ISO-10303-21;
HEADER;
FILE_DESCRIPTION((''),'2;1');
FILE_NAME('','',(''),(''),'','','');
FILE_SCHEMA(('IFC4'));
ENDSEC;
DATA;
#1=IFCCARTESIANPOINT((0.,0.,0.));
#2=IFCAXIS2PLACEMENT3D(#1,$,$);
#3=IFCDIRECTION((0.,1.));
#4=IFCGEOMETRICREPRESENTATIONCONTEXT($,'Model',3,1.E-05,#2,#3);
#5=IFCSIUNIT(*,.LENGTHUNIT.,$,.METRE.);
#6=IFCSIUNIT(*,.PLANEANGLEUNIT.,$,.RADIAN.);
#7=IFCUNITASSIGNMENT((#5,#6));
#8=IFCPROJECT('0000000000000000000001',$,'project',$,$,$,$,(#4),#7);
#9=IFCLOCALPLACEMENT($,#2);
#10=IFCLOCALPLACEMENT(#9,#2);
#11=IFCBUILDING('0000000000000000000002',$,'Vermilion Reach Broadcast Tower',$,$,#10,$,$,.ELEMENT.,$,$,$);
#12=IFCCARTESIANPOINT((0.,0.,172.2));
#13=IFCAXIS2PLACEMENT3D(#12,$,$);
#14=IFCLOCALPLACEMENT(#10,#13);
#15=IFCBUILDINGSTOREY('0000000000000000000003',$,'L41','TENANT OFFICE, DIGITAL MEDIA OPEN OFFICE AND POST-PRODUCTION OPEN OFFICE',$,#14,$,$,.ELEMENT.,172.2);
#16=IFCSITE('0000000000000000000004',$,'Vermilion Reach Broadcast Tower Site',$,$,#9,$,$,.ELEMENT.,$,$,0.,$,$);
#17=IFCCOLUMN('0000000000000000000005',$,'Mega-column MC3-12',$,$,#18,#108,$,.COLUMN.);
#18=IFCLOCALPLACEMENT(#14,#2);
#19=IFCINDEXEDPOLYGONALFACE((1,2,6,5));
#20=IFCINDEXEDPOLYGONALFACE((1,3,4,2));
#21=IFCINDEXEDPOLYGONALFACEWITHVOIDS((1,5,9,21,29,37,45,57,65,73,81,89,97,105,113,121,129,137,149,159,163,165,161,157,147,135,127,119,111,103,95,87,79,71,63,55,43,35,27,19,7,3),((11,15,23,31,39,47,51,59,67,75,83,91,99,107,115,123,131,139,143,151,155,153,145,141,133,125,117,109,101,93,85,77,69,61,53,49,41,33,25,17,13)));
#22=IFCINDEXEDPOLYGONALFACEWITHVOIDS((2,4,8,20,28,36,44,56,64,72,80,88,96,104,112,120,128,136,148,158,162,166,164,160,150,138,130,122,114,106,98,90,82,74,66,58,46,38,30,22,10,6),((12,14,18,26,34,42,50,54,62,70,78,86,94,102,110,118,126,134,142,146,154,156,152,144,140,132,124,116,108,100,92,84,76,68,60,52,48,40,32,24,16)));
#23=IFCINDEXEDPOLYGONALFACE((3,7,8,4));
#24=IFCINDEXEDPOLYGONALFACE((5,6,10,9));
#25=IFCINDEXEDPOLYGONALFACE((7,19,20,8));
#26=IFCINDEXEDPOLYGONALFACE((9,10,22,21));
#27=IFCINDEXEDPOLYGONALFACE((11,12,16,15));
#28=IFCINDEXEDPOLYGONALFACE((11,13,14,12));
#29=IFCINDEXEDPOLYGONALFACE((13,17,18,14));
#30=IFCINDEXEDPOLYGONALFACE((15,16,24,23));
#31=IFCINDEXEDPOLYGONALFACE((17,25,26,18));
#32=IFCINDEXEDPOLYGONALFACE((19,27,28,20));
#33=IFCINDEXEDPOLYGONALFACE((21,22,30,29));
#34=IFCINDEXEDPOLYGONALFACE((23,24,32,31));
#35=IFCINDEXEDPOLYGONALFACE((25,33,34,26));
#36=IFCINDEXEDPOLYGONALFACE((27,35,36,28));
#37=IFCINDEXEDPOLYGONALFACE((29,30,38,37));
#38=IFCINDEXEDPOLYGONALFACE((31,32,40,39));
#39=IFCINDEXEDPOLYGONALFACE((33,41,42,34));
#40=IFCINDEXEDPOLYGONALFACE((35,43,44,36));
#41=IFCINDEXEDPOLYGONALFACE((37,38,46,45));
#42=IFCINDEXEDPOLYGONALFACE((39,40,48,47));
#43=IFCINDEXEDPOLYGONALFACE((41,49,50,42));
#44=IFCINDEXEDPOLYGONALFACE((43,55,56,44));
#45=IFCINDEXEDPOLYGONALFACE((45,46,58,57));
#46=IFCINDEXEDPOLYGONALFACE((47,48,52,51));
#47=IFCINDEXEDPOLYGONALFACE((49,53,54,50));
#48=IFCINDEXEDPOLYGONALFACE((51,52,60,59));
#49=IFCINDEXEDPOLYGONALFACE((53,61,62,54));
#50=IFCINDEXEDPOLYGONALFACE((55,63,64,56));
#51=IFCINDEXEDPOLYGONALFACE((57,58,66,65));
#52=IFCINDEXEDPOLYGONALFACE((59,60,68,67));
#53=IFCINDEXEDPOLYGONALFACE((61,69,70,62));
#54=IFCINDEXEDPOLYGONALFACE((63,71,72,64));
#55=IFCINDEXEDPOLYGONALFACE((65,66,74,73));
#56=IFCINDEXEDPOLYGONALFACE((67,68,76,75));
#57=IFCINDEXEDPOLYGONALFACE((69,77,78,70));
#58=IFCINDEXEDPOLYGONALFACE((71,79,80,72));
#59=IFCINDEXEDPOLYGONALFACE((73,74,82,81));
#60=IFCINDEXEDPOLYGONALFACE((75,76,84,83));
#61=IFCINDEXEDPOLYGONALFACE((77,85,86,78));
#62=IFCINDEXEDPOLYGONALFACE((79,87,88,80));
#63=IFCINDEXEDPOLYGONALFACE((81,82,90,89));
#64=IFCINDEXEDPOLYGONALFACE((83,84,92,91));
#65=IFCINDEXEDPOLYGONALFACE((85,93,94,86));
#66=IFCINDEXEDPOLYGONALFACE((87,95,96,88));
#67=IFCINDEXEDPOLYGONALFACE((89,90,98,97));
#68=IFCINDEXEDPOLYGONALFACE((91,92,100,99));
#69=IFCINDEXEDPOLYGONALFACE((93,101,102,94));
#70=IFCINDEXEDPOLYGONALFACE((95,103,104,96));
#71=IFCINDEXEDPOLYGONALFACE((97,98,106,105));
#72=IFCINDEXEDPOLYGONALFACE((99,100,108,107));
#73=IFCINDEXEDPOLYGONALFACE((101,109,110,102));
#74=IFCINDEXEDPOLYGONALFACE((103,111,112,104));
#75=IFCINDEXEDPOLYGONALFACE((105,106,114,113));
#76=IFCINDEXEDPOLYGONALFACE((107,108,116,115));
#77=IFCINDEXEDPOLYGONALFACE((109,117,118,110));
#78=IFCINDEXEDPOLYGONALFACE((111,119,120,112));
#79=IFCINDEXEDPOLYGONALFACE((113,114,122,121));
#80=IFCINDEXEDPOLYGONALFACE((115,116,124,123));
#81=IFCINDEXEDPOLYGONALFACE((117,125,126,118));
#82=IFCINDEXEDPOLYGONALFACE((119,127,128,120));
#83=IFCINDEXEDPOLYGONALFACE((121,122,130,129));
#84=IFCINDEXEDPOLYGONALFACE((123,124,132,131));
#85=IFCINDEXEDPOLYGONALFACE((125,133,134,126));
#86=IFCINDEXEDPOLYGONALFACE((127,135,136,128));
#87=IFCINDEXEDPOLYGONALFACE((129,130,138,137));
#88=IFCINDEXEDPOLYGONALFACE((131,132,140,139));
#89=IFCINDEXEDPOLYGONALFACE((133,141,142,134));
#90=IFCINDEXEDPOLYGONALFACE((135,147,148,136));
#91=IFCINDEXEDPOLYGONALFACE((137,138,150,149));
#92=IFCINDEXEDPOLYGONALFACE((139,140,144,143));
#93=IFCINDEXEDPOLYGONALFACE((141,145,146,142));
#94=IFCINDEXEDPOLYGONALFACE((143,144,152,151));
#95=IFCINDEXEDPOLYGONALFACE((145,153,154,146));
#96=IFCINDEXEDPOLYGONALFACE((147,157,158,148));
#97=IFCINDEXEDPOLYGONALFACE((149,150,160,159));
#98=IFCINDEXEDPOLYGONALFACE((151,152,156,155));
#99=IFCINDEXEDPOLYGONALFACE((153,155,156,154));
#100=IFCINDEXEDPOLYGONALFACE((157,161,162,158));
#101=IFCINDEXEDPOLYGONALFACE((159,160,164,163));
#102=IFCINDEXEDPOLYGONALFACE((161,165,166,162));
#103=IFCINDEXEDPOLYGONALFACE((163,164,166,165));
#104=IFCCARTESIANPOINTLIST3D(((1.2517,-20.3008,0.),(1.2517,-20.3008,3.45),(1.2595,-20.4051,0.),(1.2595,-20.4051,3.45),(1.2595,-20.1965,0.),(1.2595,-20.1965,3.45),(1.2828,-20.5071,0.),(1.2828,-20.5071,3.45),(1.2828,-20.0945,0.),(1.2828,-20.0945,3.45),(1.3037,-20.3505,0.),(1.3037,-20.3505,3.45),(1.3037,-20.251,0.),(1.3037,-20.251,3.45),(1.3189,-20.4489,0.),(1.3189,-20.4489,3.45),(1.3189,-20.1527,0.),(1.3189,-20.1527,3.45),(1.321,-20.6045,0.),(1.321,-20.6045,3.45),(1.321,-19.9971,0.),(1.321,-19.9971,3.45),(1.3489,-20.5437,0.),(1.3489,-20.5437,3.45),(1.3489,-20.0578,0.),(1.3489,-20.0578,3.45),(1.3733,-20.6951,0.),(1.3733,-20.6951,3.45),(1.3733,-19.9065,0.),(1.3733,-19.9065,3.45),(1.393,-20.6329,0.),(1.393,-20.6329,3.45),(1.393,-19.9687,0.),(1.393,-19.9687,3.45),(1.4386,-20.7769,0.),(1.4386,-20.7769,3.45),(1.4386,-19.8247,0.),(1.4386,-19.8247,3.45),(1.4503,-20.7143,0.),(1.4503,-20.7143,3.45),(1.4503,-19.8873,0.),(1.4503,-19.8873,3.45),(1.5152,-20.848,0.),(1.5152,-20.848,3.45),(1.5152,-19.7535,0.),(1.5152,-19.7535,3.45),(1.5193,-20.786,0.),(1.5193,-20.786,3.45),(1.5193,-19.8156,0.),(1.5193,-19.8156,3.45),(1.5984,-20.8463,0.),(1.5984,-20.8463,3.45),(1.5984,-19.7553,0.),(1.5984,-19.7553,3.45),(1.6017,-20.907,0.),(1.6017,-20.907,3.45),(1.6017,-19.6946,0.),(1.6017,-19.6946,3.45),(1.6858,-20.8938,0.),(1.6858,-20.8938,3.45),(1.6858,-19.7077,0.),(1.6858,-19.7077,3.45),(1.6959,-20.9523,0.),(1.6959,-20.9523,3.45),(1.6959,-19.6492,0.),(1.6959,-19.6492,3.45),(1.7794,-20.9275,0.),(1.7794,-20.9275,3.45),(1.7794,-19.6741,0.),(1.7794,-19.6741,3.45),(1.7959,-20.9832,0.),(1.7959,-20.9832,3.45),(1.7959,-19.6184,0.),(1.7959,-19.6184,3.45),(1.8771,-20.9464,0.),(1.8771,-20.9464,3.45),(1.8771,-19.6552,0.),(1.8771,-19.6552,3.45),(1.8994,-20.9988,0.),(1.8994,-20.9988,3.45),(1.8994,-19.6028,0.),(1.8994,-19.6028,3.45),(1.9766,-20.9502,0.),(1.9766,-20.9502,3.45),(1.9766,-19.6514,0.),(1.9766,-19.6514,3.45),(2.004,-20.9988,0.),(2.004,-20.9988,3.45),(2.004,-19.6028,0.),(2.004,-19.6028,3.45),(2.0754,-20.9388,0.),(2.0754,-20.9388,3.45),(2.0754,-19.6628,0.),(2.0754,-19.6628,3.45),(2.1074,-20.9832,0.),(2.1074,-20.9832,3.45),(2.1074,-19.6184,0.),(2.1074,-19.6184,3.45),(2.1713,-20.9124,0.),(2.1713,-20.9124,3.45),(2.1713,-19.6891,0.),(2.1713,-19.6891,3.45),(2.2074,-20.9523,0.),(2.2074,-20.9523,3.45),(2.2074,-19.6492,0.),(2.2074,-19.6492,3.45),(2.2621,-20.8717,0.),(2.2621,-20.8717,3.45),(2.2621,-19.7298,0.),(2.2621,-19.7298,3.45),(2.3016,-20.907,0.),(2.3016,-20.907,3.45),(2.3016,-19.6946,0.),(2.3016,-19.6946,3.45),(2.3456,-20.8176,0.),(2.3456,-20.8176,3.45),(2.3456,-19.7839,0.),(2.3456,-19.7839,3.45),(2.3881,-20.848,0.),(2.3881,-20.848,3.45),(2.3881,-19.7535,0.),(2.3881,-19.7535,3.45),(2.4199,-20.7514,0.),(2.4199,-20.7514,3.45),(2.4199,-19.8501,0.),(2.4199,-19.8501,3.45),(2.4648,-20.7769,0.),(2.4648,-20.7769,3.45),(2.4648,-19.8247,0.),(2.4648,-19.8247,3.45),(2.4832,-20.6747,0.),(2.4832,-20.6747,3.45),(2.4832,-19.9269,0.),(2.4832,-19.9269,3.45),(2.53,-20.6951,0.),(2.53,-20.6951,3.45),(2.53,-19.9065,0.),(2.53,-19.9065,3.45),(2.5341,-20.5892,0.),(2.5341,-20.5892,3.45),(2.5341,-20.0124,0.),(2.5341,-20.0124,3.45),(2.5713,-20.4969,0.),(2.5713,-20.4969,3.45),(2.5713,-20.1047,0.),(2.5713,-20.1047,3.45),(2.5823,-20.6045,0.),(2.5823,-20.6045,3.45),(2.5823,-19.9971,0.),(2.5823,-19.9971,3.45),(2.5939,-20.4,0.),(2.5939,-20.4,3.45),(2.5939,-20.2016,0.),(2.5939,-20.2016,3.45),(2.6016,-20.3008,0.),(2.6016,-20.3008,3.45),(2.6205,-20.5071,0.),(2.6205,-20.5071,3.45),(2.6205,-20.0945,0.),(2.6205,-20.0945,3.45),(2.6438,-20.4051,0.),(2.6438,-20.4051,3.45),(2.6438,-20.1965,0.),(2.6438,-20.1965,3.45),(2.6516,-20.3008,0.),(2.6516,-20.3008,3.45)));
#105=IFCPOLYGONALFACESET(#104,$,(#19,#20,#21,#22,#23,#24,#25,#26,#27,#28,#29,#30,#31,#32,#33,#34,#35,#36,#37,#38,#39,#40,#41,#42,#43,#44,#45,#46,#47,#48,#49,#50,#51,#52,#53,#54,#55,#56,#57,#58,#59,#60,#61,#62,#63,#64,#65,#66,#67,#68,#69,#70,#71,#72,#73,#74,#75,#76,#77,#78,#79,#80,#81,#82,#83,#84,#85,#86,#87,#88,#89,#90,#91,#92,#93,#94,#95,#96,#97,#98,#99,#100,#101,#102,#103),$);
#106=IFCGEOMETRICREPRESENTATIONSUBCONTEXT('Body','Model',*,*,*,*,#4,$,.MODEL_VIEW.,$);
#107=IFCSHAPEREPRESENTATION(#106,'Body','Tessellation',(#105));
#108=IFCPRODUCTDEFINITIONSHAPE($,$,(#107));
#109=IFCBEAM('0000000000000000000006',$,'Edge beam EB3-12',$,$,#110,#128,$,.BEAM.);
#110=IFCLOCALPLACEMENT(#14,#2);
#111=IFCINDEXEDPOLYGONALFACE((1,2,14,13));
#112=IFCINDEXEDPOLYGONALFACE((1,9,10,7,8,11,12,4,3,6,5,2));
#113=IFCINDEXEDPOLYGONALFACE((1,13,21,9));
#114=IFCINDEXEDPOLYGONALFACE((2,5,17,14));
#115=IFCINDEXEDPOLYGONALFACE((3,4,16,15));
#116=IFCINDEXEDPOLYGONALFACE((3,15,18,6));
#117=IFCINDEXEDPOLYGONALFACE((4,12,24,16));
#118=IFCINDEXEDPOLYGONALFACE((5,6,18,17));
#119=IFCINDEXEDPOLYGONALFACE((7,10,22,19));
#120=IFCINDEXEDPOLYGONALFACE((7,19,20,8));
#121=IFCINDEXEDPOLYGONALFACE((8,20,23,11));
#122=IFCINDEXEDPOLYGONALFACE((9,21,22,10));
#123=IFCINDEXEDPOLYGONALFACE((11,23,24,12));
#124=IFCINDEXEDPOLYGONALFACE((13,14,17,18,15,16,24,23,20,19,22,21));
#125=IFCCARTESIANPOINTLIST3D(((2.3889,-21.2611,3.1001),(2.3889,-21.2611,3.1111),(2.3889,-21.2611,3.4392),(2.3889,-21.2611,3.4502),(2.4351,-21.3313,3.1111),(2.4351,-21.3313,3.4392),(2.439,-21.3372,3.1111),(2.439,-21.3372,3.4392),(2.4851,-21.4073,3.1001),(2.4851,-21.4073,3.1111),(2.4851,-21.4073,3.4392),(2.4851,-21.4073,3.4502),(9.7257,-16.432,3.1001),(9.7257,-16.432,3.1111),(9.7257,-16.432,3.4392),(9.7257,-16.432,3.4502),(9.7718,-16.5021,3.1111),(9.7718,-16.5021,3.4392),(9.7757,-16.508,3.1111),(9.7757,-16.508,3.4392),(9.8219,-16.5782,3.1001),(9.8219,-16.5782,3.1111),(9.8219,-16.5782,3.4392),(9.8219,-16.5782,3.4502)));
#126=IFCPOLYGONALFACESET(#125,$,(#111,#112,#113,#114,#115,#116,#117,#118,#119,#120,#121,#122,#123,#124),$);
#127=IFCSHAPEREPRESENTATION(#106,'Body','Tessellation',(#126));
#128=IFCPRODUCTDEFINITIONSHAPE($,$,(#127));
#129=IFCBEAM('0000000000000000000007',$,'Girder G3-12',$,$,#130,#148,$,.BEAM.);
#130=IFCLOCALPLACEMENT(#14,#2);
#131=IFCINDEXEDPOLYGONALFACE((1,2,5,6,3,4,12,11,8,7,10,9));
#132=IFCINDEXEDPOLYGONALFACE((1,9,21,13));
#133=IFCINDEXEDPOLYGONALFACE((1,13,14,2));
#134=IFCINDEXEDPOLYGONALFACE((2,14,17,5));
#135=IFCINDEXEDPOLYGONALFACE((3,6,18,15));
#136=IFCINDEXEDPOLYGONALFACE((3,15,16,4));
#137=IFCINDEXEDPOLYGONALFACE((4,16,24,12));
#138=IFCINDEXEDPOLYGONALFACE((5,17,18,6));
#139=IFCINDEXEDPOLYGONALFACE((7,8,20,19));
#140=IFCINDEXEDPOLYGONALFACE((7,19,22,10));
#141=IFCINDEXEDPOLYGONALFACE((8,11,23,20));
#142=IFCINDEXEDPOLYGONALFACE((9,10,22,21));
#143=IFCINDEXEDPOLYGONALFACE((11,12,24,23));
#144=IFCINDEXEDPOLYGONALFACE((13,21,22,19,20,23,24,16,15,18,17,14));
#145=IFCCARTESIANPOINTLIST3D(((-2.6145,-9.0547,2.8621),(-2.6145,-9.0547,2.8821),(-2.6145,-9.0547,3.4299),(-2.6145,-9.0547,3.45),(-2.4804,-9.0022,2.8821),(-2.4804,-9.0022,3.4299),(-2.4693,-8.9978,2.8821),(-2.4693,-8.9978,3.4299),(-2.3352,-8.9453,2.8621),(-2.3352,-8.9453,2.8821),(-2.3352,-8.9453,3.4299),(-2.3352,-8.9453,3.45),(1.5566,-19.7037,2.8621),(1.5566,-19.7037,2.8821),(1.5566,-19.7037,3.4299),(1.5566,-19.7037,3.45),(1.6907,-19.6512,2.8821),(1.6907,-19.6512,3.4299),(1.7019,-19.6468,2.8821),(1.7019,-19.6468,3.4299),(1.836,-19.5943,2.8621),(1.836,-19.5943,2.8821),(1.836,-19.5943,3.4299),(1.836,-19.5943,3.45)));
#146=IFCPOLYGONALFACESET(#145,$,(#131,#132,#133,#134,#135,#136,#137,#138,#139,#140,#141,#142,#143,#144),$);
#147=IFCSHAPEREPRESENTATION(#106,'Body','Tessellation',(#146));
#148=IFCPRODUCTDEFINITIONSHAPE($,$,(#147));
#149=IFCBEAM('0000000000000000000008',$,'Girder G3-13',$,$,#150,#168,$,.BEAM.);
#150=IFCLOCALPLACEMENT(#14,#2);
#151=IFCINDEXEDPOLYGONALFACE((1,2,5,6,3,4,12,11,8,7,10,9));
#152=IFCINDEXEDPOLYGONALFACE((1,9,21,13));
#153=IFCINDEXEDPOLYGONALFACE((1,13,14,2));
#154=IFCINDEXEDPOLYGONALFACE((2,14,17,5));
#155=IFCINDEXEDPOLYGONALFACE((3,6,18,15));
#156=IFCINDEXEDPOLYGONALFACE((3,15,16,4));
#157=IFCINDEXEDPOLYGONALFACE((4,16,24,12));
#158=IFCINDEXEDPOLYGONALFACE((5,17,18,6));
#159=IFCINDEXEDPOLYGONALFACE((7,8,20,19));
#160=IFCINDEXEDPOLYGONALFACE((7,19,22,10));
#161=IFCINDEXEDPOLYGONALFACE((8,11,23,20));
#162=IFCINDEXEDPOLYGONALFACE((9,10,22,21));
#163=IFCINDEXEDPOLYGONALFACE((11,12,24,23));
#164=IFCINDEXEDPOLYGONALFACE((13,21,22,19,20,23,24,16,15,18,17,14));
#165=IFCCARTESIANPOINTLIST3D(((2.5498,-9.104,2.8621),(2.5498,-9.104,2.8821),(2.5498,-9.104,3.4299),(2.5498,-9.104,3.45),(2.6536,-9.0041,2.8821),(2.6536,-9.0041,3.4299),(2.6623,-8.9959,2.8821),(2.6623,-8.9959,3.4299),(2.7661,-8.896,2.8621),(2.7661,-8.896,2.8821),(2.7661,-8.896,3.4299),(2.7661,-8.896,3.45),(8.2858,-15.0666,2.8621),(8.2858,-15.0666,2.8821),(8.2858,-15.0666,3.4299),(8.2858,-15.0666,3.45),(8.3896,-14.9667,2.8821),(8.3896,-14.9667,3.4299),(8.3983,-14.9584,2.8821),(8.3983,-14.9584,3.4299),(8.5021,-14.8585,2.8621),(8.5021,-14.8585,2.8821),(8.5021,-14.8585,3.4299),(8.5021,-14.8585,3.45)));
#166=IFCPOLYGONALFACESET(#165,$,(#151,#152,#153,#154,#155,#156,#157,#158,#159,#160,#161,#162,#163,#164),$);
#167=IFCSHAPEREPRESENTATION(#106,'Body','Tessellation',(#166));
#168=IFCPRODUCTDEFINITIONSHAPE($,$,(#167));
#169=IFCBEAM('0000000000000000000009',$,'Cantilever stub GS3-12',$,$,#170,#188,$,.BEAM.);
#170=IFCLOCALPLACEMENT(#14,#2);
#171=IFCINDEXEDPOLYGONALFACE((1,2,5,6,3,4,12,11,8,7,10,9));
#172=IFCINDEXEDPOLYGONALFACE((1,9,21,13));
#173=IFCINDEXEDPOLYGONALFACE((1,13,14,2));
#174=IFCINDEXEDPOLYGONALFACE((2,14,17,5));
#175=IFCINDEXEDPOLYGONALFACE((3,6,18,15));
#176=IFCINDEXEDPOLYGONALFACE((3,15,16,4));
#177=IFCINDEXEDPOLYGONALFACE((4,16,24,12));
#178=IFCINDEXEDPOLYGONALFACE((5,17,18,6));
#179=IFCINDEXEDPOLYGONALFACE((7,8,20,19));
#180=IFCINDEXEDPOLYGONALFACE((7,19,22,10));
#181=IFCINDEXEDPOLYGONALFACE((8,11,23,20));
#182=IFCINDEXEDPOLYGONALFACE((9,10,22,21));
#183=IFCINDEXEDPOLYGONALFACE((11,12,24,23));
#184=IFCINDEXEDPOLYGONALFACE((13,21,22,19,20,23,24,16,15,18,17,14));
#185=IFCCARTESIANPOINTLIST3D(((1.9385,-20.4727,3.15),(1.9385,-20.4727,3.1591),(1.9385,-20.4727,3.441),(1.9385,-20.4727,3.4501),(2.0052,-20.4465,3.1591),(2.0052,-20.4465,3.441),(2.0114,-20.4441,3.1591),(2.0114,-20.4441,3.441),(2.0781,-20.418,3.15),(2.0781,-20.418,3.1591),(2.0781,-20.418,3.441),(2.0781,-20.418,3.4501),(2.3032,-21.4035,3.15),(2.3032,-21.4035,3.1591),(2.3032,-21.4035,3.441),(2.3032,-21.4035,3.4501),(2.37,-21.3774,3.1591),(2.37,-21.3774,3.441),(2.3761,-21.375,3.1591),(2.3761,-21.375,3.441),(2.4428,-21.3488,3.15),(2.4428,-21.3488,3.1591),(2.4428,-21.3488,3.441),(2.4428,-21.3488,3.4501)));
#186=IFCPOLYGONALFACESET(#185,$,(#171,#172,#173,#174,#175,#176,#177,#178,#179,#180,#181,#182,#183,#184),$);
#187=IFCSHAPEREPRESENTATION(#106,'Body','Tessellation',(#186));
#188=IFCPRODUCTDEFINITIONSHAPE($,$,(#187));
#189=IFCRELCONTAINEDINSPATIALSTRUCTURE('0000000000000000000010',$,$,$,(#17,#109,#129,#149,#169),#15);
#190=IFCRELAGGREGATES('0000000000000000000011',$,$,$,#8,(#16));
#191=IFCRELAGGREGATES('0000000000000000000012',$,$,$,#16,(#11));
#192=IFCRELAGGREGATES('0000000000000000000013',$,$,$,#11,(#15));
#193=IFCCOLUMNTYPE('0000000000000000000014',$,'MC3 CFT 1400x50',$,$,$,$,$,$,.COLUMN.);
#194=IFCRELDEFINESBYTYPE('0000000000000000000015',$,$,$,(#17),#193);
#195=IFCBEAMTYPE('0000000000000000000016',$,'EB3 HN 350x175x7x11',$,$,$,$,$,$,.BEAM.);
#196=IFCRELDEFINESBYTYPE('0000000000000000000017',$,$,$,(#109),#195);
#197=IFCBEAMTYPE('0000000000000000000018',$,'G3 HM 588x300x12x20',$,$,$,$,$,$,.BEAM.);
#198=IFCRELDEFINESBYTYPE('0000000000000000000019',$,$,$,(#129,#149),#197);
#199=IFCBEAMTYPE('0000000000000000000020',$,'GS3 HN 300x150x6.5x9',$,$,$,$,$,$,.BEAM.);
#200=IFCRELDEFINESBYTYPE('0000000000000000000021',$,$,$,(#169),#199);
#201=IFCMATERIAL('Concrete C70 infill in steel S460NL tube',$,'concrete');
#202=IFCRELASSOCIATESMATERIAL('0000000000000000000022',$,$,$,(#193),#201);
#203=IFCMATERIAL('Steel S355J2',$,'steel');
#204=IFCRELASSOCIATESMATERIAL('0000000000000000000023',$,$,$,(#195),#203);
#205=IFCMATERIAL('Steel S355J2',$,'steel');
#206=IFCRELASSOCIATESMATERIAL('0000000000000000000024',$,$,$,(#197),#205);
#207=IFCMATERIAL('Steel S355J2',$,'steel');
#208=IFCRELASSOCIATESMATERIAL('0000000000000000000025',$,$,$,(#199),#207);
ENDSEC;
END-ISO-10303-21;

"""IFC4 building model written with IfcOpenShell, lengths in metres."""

from ifc_helpers import new_model, si_unit, direction, frame, origin, origin_2d, place, context, subcontext, project, spatial, hollow_circle, i_section, extrude, material, material_profile, profile_set, type_object, element, save


model = new_model("IFC4")

# Units and contexts
model_context = context("Model", 3, precision=1e-05, world=origin(), true_north=direction((0.0, 1.0)))
body_context = subcontext(model_context, "Body", "Model", "MODEL_VIEW")
ifc_project = project(units=[si_unit("LENGTHUNIT", "METRE"), si_unit("PLANEANGLEUNIT", "RADIAN")], contexts=[model_context])

# Site, building, storey
site_placement = place(None, origin())
site = spatial("IfcSite", under=ifc_project, at=site_placement, Name="Vermilion Reach Broadcast Tower Site", CompositionType="ELEMENT", RefElevation=0.0)
building_placement = place(site_placement, origin())
building = spatial("IfcBuilding", under=site, at=building_placement, Name="Vermilion Reach Broadcast Tower", CompositionType="ELEMENT")
storey_placement = place(building_placement, frame((0.0, 0.0, 172.2)))
storey = spatial("IfcBuildingStorey", under=building, at=storey_placement, Name="L41", Description="TENANT OFFICE, DIGITAL MEDIA OPEN OFFICE AND POST-PRODUCTION OPEN OFFICE", CompositionType="ELEMENT", Elevation=172.2)

# Column
ifc_material_1 = material(Name="Concrete C70 infill in steel S460NL tube", Category="concrete")
ifc_material_profile_1 = material_profile(ifc_material_1, hollow_circle(Radius=0.7, WallThickness=0.05, at=origin_2d()), Name="Concrete C70 infill in steel S460NL tube CFT 1400x50")
ifc_profile_set_1 = profile_set([ifc_material_profile_1], Name="Concrete C70 infill in steel S460NL tube")
column_type = type_object("IfcColumnType", Name="MC3 CFT 1400x50", PredefinedType="COLUMN", material=ifc_profile_set_1)
column_placement = place(storey_placement, frame((1.9517, -20.3008, 0.0), z_axis=(0.0, 0.0, 1.0), x_axis=(1.0, 0.0, 0.0)))
element("IfcColumn", 1, at=column_placement, inside=storey, type_object=column_type, Name="Mega-column MC3-12", PredefinedType="COLUMN", context=body_context, shape_type="SweptSolid", body=[
    extrude(hollow_circle(Radius=0.7, WallThickness=0.05, at=origin_2d()), origin(), (0.0, 0.0, 1.0), 3.45),
])

# Beams
ifc_material_2 = material(Name="Steel S355J2", Category="steel")
ifc_material_profile_2 = material_profile(ifc_material_2, i_section(OverallWidth=0.175, OverallDepth=0.3501, WebThickness=0.0071, FlangeThickness=0.011, at=origin_2d()), Name="S355J2 HN 350x175x7x11")
ifc_profile_set_2 = profile_set([ifc_material_profile_2], Name="Steel S355J2")
beam_type_1 = type_object("IfcBeamType", Name="EB3 HN 350x175x7x11", PredefinedType="BEAM", material=ifc_profile_set_2)
beam_1_placement = place(storey_placement, frame((2.437, -21.3342, 3.2751), z_axis=(0.835294, 0.549803, 0.0), x_axis=(-0.549803, 0.835294, 0.0)))
element("IfcBeam", 2, at=beam_1_placement, inside=storey, type_object=beam_type_1, Name="Edge beam EB3-12", PredefinedType="BEAM", context=body_context, shape_type="SweptSolid", body=[
    extrude(i_section(OverallWidth=0.175, OverallDepth=0.3501, WebThickness=0.0071, FlangeThickness=0.011, at=origin_2d()), origin(), (0.0, 0.0, 1.0), 8.7834),
])
ifc_material_3 = material(Name="Steel S355J2", Category="steel")
ifc_material_profile_3 = material_profile(ifc_material_3, i_section(OverallWidth=0.3, OverallDepth=0.5879, WebThickness=0.012, FlangeThickness=0.02, at=origin_2d()), Name="S355J2 HM 588x300x12x20")
ifc_profile_set_3 = profile_set([ifc_material_profile_3], Name="Steel S355J2")
beam_type_2 = type_object("IfcBeamType", Name="G3 HM 588x300x12x20", PredefinedType="BEAM", material=ifc_profile_set_3)
beam_2_placement = place(storey_placement, frame((-2.4749, -9.0, 3.156), z_axis=(0.364716, -0.931119, 0.0), x_axis=(0.931119, 0.364716, 0.0)))
element("IfcBeam", 3, at=beam_2_placement, inside=storey, type_object=beam_type_2, Name="Girder G3-12", PredefinedType="BEAM", context=body_context, shape_type="SweptSolid", body=[
    extrude(i_section(OverallWidth=0.3, OverallDepth=0.5879, WebThickness=0.012, FlangeThickness=0.02, at=origin_2d()), origin(), (0.0, 0.0, 1.0), 11.4368),
])
beam_3_placement = place(storey_placement, frame((2.658, -9.0, 3.156), z_axis=(0.693283, -0.720666, 0.0), x_axis=(0.720666, 0.693283, 0.0)))
element("IfcBeam", 4, at=beam_3_placement, inside=storey, type_object=beam_type_2, Name="Girder G3-13", PredefinedType="BEAM", context=body_context, shape_type="SweptSolid", body=[
    extrude(i_section(OverallWidth=0.3, OverallDepth=0.5879, WebThickness=0.012, FlangeThickness=0.02, at=origin_2d()), origin(), (0.0, 0.0, 1.0), 8.2737),
])
ifc_material_4 = material(Name="Steel S355J2", Category="steel")
ifc_material_profile_4 = material_profile(ifc_material_4, i_section(OverallWidth=0.1499, OverallDepth=0.3, WebThickness=0.0066, FlangeThickness=0.009, at=origin_2d()), Name="S355J2 HN 300x150x6.5x9")
ifc_profile_set_4 = profile_set([ifc_material_profile_4], Name="Steel S355J2")
beam_type_3 = type_object("IfcBeamType", Name="GS3 HN 300x150x6.5x9", PredefinedType="BEAM", material=ifc_profile_set_4)
beam_4_placement = place(storey_placement, frame((2.0083, -20.4453, 3.3), z_axis=(0.364814, -0.931081, 0.0), x_axis=(0.931081, 0.364814, 0.0)))
element("IfcBeam", 5, at=beam_4_placement, inside=storey, type_object=beam_type_3, Name="Cantilever stub GS3-12", PredefinedType="BEAM", context=body_context, shape_type="SweptSolid", body=[
    extrude(i_section(OverallWidth=0.1499, OverallDepth=0.3, WebThickness=0.0066, FlangeThickness=0.009, at=origin_2d()), origin(), (0.0, 0.0, 1.0), 0.9998),
])

save(model, "model.ifc")
